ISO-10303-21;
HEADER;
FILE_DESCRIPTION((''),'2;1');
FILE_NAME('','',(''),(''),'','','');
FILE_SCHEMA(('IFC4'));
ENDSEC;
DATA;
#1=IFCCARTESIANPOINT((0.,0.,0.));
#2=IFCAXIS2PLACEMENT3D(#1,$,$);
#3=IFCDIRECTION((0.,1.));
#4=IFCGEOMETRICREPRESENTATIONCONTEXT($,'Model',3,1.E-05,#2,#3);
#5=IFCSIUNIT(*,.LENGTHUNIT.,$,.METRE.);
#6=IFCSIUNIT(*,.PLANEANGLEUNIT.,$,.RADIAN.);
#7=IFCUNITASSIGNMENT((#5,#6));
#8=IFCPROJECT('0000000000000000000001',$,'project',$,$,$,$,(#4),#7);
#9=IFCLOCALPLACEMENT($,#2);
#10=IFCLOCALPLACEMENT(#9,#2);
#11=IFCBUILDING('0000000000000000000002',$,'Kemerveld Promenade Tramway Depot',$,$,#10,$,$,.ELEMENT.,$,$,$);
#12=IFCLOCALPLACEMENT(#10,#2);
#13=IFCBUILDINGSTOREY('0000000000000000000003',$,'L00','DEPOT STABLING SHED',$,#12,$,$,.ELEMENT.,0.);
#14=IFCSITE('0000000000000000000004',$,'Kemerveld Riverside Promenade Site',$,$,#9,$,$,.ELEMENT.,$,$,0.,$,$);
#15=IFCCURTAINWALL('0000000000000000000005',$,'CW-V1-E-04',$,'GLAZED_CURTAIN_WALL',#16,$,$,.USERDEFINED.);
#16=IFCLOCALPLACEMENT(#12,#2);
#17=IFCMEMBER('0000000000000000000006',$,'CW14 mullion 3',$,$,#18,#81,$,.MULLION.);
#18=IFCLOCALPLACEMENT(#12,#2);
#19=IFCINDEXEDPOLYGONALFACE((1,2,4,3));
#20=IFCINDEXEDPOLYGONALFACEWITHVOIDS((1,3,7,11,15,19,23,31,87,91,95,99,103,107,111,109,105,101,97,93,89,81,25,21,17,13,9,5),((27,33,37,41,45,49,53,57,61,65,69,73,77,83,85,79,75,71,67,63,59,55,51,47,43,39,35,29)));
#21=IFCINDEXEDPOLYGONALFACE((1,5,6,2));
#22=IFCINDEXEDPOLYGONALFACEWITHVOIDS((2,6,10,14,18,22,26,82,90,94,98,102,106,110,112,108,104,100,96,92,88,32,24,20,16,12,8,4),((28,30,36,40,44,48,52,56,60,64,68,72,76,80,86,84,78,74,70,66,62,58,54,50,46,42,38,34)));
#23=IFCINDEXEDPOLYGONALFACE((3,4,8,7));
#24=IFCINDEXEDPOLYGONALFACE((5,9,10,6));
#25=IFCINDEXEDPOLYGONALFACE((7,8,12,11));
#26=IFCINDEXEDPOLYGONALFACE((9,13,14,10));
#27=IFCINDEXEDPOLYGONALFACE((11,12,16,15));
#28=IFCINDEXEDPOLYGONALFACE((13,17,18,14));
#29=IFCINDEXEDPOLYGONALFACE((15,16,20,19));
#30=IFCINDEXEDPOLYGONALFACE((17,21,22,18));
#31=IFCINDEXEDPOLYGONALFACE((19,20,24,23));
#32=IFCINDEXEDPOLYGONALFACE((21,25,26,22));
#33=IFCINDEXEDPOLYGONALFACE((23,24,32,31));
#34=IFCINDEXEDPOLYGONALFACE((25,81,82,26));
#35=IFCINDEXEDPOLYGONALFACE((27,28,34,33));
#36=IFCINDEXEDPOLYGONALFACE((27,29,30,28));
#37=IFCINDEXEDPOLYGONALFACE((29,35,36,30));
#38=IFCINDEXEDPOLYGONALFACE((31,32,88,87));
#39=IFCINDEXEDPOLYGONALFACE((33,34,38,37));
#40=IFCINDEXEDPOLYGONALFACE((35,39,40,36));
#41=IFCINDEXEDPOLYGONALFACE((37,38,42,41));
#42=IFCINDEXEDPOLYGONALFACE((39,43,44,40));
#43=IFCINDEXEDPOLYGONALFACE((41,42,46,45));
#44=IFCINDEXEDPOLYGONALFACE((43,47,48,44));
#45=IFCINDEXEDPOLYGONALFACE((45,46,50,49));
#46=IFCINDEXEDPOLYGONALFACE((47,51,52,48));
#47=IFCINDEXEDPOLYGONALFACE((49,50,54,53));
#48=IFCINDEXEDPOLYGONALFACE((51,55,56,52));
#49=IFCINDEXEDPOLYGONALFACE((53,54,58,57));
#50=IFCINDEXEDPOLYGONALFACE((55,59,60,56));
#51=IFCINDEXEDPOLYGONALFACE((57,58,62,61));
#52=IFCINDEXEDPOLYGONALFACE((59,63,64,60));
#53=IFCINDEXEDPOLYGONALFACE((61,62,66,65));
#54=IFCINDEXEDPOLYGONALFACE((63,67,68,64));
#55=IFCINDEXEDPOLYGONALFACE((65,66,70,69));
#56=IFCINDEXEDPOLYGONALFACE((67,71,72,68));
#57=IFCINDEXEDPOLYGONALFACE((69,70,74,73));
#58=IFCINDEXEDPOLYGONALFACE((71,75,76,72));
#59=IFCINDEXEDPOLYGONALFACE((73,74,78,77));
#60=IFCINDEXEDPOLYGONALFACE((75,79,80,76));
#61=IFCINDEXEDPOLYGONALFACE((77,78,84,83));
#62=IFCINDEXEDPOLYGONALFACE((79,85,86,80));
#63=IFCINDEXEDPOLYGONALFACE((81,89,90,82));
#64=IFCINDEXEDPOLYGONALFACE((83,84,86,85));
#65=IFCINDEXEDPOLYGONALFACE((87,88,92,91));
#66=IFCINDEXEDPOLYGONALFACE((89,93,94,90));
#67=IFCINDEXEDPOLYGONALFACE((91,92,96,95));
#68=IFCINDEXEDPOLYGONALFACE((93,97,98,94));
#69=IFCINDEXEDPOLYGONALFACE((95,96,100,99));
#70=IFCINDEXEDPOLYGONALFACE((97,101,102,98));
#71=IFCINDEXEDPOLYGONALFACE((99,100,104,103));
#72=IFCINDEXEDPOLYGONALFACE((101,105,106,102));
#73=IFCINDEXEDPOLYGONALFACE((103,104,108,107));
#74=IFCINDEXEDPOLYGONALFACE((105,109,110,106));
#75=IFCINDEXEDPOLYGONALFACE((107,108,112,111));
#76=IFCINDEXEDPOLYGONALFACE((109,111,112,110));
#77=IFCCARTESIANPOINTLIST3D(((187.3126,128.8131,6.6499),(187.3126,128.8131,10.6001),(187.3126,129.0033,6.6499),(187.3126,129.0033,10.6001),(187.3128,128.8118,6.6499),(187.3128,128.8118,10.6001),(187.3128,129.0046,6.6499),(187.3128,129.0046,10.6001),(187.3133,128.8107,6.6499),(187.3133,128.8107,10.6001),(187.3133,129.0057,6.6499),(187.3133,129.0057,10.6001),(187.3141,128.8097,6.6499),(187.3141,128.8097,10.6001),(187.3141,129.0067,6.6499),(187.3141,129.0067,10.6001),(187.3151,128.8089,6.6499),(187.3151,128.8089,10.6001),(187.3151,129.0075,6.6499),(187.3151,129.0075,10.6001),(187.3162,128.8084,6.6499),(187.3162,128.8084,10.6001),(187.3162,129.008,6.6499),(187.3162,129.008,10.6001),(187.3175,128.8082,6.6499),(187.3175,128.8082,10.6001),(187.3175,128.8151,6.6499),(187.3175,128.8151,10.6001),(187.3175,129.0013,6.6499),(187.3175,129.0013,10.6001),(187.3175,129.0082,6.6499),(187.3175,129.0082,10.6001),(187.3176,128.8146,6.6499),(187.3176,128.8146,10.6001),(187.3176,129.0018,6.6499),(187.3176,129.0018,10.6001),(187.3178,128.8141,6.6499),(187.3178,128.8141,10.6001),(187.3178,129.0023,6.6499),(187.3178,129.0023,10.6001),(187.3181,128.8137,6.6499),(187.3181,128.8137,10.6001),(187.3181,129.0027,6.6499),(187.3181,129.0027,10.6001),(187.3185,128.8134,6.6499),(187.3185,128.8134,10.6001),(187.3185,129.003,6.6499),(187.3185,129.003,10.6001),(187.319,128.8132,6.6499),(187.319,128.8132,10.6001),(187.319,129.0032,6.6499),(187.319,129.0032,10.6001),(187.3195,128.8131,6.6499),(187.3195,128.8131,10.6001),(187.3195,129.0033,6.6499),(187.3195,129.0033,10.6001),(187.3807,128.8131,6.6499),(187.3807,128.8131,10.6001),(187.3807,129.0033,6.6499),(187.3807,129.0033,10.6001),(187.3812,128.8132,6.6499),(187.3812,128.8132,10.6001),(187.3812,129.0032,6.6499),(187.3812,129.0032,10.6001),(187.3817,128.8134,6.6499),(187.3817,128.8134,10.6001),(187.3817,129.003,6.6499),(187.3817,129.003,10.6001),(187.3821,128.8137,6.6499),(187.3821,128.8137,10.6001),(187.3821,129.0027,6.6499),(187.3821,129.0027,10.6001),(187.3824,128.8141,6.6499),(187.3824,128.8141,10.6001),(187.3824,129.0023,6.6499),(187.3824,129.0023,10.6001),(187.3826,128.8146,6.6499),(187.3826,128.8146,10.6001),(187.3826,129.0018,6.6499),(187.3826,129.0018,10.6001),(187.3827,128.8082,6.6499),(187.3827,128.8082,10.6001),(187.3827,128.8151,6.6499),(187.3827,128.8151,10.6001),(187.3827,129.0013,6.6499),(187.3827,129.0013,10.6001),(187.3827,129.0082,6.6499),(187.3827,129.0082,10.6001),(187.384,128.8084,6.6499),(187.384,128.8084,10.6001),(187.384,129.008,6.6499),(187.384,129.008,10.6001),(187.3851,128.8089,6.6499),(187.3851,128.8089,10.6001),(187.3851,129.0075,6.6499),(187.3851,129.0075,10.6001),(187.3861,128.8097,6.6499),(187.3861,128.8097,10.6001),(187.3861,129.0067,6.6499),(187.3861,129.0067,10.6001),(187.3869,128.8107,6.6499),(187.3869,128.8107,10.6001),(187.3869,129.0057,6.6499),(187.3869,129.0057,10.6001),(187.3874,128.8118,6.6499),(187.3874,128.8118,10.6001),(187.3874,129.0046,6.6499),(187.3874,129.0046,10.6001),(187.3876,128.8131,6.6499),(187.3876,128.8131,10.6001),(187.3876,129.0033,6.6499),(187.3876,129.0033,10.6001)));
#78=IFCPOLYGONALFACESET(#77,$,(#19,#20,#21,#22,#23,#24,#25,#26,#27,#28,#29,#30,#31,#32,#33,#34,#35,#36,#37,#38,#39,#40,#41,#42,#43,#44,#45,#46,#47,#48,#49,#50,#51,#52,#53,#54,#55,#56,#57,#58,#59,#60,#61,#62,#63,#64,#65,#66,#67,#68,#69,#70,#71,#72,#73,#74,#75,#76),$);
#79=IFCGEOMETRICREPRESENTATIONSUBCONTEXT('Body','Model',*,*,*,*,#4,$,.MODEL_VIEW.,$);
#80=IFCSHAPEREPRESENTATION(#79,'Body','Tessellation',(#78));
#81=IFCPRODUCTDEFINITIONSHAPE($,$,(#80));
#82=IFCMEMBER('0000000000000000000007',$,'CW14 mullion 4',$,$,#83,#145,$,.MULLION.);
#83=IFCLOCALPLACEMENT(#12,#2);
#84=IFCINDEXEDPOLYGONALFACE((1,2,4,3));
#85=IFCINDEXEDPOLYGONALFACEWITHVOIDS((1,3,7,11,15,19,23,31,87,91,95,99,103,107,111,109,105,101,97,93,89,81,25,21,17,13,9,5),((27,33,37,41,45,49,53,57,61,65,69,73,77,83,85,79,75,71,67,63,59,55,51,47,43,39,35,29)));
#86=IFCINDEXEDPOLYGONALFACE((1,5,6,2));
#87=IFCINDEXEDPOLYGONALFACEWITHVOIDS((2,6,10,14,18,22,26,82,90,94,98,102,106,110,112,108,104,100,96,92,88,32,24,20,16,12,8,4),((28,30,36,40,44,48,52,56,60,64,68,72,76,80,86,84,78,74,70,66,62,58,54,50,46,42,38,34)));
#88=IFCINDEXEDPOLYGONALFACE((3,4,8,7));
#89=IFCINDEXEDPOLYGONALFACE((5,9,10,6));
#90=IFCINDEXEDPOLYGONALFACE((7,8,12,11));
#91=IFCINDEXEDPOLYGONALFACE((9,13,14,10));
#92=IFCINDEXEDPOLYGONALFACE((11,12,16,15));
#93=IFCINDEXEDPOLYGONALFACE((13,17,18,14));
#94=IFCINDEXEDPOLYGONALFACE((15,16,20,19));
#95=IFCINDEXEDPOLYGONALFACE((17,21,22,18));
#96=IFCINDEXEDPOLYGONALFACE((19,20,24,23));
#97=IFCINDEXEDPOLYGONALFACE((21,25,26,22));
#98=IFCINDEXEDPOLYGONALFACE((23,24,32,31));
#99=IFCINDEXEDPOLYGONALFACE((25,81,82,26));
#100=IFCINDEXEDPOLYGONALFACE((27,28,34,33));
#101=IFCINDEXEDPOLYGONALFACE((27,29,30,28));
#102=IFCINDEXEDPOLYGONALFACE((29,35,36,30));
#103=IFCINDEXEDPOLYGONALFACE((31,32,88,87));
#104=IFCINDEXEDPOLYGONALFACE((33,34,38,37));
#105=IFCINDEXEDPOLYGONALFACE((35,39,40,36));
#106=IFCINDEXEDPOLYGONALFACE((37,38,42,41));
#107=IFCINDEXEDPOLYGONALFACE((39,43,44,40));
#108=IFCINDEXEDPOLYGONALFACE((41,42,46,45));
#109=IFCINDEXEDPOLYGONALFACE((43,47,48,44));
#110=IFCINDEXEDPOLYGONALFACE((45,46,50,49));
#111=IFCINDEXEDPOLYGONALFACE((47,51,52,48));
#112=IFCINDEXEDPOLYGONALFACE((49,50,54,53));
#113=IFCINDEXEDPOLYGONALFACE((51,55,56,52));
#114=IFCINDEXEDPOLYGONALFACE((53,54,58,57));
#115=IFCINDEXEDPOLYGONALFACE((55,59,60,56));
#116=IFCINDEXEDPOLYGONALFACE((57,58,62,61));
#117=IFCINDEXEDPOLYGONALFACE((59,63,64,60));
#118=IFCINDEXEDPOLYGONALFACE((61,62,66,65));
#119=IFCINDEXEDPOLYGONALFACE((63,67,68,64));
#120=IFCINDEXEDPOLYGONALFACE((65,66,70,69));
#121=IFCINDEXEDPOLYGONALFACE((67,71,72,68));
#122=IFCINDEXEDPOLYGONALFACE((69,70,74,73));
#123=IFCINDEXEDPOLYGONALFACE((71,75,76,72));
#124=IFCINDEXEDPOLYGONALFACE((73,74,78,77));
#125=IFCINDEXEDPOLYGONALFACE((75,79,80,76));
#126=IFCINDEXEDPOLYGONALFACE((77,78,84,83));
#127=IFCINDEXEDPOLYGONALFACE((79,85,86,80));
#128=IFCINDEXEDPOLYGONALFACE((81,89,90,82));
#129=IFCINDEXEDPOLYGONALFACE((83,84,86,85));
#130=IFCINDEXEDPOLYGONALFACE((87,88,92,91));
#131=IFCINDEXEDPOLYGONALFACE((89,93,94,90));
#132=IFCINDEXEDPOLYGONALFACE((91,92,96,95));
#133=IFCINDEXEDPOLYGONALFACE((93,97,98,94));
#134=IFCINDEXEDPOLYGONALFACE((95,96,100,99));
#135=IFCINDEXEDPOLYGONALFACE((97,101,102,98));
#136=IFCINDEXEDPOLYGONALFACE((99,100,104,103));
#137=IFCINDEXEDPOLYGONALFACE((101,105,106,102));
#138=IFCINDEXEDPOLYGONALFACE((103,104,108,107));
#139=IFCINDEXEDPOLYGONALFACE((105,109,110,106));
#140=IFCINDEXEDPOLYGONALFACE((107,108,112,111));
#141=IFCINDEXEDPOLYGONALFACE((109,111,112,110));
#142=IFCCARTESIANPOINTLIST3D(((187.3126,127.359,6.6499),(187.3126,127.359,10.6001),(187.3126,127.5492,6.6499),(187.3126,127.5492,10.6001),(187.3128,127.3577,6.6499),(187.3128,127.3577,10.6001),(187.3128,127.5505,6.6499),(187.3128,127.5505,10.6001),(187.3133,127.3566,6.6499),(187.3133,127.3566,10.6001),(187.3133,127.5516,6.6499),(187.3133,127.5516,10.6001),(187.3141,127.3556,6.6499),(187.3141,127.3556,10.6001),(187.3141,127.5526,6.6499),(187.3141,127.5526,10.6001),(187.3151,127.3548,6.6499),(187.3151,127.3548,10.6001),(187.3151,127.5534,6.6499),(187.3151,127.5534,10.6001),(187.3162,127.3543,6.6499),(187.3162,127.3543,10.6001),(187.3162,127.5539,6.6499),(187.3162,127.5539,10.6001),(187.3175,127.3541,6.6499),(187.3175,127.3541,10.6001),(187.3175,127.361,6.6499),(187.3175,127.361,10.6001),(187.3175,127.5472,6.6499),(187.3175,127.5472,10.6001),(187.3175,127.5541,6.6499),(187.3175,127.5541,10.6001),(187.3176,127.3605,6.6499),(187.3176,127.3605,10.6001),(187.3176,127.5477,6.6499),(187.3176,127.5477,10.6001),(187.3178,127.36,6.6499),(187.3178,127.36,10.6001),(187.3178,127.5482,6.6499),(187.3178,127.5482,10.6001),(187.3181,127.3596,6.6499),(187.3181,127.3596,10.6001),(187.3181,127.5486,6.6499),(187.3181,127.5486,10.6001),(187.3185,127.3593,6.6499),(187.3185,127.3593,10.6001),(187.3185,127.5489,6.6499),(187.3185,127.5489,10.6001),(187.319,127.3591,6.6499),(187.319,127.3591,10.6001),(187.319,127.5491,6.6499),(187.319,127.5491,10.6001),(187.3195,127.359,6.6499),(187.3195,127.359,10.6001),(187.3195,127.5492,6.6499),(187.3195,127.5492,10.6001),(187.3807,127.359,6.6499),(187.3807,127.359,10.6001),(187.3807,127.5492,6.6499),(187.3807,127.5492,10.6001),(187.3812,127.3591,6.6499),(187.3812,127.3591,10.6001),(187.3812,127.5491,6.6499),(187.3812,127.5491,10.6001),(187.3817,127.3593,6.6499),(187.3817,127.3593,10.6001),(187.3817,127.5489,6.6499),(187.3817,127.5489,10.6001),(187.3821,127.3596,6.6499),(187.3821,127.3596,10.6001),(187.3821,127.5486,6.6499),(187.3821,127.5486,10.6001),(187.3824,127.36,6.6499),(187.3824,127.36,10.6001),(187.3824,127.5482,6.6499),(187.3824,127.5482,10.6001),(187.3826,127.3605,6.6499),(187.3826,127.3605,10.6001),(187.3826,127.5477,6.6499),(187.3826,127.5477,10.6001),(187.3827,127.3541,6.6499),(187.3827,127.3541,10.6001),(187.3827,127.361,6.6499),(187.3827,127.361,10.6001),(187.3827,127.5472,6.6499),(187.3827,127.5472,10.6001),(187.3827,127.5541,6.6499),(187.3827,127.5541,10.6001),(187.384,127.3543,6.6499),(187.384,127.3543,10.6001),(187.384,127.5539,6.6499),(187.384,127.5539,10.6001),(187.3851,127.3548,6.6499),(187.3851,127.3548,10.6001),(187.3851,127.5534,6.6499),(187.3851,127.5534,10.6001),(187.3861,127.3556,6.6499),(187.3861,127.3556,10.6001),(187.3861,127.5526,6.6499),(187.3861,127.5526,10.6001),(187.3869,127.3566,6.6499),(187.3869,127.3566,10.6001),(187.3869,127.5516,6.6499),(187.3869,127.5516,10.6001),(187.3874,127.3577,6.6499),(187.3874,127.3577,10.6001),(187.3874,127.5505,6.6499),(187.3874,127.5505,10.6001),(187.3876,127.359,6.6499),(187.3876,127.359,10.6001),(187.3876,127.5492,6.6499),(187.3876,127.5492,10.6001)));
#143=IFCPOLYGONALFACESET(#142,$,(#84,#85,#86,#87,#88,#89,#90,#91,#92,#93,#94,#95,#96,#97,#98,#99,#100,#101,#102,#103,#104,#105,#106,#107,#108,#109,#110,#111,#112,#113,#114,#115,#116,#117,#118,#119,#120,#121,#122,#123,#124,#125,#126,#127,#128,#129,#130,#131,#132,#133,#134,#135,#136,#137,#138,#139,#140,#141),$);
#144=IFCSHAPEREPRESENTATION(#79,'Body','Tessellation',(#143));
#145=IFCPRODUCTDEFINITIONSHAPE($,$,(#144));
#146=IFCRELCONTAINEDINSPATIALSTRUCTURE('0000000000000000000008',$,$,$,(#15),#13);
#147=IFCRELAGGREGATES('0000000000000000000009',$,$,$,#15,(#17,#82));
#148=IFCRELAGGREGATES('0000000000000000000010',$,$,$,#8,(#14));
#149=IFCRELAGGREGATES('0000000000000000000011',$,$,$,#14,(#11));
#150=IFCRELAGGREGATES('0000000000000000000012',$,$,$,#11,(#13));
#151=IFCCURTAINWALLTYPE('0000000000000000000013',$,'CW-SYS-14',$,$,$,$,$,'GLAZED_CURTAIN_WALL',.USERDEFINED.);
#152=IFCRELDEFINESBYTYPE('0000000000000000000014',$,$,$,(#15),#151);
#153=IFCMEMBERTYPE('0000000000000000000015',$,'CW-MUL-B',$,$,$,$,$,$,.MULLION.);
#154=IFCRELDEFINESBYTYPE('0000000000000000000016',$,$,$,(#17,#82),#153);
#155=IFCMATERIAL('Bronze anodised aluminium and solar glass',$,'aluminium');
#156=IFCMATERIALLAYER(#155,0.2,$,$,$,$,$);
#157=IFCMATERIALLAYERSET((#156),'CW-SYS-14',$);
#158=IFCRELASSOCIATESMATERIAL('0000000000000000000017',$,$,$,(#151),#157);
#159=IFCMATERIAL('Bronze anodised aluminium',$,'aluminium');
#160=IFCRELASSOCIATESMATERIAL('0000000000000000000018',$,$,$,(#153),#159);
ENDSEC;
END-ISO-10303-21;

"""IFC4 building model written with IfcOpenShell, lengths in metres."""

from ifc_helpers import new_model, si_unit, direction, frame, origin, origin_2d, place, context, subcontext, project, spatial, hollow_rectangle, extrude, material, layer, layer_set, material_profile, profile_set, type_object, element, aggregate, save


model = new_model("IFC4")

# Units and contexts
model_context = context("Model", 3, precision=1e-05, world=origin(), true_north=direction((0.0, 1.0)))
body_context = subcontext(model_context, "Body", "Model", "MODEL_VIEW")
ifc_project = project(units=[si_unit("LENGTHUNIT", "METRE"), si_unit("PLANEANGLEUNIT", "RADIAN")], contexts=[model_context])

# Site, building, storey
site_placement = place(None, origin())
site = spatial("IfcSite", under=ifc_project, at=site_placement, Name="Kemerveld Riverside Promenade Site", CompositionType="ELEMENT", RefElevation=0.0)
building_placement = place(site_placement, origin())
building = spatial("IfcBuilding", under=site, at=building_placement, Name="Kemerveld Promenade Tramway Depot", CompositionType="ELEMENT")
storey_placement = place(building_placement, origin())
storey = spatial("IfcBuildingStorey", under=building, at=storey_placement, Name="L00", Description="DEPOT STABLING SHED", CompositionType="ELEMENT", Elevation=0.0)

# Curtain wall, members
ifc_material_1 = material(Name="Bronze anodised aluminium and solar glass", Category="aluminium")
ifc_layer_1 = layer(ifc_material_1, 0.2)
ifc_layer_set_1 = layer_set([ifc_layer_1], Name="CW-SYS-14")
curtain_wall_type = type_object("IfcCurtainWallType", Name="CW-SYS-14", ElementType="GLAZED_CURTAIN_WALL", PredefinedType="USERDEFINED", material=ifc_layer_set_1)
curtain_wall_placement = place(storey_placement, origin())
curtain_wall = element("IfcCurtainWall", 1, at=curtain_wall_placement, inside=storey, type_object=curtain_wall_type, Name="CW-V1-E-04", ObjectType="GLAZED_CURTAIN_WALL", PredefinedType="USERDEFINED")
ifc_material_2 = material(Name="Bronze anodised aluminium", Category="aluminium")
ifc_material_profile_1 = material_profile(ifc_material_2, hollow_rectangle(XDim=0.075, YDim=0.2, WallThickness=0.0049, InnerFilletRadius=0.002, OuterFilletRadius=0.0049, at=origin_2d()), Name="CW-MUL-200x75")
ifc_profile_set_1 = profile_set([ifc_material_profile_1], Name="Bronze anodised aluminium")
member_type_1 = type_object("IfcMemberType", Name="CW-MUL-B", PredefinedType="MULLION", material=ifc_profile_set_1)
member_1_placement = place(storey_placement, frame((187.3501, 128.9082, 6.6499), z_axis=(0.0, 0.0, 1.0), x_axis=(1.0, 0.0, 0.0)))
member_1 = element("IfcMember", 2, at=member_1_placement, type_object=member_type_1, Name="CW14 mullion 3", PredefinedType="MULLION", context=body_context, shape_type="SweptSolid", body=[
    extrude(hollow_rectangle(XDim=0.075, YDim=0.2, WallThickness=0.0049, InnerFilletRadius=0.002, OuterFilletRadius=0.0049, at=origin_2d()), origin(), (0.0, 0.0, 1.0), 3.9502),
])
member_2_placement = place(storey_placement, frame((187.3501, 127.4541, 6.6499), z_axis=(0.0, 0.0, 1.0), x_axis=(1.0, 0.0, 0.0)))
member_2 = element("IfcMember", 3, at=member_2_placement, type_object=member_type_1, Name="CW14 mullion 4", PredefinedType="MULLION", context=body_context, shape_type="SweptSolid", body=[
    extrude(hollow_rectangle(XDim=0.075, YDim=0.2, WallThickness=0.0049, InnerFilletRadius=0.002, OuterFilletRadius=0.0049, at=origin_2d()), origin(), (0.0, 0.0, 1.0), 3.9502),
])

aggregate(curtain_wall, [member_1, member_2])

save(model, "model.ifc")
